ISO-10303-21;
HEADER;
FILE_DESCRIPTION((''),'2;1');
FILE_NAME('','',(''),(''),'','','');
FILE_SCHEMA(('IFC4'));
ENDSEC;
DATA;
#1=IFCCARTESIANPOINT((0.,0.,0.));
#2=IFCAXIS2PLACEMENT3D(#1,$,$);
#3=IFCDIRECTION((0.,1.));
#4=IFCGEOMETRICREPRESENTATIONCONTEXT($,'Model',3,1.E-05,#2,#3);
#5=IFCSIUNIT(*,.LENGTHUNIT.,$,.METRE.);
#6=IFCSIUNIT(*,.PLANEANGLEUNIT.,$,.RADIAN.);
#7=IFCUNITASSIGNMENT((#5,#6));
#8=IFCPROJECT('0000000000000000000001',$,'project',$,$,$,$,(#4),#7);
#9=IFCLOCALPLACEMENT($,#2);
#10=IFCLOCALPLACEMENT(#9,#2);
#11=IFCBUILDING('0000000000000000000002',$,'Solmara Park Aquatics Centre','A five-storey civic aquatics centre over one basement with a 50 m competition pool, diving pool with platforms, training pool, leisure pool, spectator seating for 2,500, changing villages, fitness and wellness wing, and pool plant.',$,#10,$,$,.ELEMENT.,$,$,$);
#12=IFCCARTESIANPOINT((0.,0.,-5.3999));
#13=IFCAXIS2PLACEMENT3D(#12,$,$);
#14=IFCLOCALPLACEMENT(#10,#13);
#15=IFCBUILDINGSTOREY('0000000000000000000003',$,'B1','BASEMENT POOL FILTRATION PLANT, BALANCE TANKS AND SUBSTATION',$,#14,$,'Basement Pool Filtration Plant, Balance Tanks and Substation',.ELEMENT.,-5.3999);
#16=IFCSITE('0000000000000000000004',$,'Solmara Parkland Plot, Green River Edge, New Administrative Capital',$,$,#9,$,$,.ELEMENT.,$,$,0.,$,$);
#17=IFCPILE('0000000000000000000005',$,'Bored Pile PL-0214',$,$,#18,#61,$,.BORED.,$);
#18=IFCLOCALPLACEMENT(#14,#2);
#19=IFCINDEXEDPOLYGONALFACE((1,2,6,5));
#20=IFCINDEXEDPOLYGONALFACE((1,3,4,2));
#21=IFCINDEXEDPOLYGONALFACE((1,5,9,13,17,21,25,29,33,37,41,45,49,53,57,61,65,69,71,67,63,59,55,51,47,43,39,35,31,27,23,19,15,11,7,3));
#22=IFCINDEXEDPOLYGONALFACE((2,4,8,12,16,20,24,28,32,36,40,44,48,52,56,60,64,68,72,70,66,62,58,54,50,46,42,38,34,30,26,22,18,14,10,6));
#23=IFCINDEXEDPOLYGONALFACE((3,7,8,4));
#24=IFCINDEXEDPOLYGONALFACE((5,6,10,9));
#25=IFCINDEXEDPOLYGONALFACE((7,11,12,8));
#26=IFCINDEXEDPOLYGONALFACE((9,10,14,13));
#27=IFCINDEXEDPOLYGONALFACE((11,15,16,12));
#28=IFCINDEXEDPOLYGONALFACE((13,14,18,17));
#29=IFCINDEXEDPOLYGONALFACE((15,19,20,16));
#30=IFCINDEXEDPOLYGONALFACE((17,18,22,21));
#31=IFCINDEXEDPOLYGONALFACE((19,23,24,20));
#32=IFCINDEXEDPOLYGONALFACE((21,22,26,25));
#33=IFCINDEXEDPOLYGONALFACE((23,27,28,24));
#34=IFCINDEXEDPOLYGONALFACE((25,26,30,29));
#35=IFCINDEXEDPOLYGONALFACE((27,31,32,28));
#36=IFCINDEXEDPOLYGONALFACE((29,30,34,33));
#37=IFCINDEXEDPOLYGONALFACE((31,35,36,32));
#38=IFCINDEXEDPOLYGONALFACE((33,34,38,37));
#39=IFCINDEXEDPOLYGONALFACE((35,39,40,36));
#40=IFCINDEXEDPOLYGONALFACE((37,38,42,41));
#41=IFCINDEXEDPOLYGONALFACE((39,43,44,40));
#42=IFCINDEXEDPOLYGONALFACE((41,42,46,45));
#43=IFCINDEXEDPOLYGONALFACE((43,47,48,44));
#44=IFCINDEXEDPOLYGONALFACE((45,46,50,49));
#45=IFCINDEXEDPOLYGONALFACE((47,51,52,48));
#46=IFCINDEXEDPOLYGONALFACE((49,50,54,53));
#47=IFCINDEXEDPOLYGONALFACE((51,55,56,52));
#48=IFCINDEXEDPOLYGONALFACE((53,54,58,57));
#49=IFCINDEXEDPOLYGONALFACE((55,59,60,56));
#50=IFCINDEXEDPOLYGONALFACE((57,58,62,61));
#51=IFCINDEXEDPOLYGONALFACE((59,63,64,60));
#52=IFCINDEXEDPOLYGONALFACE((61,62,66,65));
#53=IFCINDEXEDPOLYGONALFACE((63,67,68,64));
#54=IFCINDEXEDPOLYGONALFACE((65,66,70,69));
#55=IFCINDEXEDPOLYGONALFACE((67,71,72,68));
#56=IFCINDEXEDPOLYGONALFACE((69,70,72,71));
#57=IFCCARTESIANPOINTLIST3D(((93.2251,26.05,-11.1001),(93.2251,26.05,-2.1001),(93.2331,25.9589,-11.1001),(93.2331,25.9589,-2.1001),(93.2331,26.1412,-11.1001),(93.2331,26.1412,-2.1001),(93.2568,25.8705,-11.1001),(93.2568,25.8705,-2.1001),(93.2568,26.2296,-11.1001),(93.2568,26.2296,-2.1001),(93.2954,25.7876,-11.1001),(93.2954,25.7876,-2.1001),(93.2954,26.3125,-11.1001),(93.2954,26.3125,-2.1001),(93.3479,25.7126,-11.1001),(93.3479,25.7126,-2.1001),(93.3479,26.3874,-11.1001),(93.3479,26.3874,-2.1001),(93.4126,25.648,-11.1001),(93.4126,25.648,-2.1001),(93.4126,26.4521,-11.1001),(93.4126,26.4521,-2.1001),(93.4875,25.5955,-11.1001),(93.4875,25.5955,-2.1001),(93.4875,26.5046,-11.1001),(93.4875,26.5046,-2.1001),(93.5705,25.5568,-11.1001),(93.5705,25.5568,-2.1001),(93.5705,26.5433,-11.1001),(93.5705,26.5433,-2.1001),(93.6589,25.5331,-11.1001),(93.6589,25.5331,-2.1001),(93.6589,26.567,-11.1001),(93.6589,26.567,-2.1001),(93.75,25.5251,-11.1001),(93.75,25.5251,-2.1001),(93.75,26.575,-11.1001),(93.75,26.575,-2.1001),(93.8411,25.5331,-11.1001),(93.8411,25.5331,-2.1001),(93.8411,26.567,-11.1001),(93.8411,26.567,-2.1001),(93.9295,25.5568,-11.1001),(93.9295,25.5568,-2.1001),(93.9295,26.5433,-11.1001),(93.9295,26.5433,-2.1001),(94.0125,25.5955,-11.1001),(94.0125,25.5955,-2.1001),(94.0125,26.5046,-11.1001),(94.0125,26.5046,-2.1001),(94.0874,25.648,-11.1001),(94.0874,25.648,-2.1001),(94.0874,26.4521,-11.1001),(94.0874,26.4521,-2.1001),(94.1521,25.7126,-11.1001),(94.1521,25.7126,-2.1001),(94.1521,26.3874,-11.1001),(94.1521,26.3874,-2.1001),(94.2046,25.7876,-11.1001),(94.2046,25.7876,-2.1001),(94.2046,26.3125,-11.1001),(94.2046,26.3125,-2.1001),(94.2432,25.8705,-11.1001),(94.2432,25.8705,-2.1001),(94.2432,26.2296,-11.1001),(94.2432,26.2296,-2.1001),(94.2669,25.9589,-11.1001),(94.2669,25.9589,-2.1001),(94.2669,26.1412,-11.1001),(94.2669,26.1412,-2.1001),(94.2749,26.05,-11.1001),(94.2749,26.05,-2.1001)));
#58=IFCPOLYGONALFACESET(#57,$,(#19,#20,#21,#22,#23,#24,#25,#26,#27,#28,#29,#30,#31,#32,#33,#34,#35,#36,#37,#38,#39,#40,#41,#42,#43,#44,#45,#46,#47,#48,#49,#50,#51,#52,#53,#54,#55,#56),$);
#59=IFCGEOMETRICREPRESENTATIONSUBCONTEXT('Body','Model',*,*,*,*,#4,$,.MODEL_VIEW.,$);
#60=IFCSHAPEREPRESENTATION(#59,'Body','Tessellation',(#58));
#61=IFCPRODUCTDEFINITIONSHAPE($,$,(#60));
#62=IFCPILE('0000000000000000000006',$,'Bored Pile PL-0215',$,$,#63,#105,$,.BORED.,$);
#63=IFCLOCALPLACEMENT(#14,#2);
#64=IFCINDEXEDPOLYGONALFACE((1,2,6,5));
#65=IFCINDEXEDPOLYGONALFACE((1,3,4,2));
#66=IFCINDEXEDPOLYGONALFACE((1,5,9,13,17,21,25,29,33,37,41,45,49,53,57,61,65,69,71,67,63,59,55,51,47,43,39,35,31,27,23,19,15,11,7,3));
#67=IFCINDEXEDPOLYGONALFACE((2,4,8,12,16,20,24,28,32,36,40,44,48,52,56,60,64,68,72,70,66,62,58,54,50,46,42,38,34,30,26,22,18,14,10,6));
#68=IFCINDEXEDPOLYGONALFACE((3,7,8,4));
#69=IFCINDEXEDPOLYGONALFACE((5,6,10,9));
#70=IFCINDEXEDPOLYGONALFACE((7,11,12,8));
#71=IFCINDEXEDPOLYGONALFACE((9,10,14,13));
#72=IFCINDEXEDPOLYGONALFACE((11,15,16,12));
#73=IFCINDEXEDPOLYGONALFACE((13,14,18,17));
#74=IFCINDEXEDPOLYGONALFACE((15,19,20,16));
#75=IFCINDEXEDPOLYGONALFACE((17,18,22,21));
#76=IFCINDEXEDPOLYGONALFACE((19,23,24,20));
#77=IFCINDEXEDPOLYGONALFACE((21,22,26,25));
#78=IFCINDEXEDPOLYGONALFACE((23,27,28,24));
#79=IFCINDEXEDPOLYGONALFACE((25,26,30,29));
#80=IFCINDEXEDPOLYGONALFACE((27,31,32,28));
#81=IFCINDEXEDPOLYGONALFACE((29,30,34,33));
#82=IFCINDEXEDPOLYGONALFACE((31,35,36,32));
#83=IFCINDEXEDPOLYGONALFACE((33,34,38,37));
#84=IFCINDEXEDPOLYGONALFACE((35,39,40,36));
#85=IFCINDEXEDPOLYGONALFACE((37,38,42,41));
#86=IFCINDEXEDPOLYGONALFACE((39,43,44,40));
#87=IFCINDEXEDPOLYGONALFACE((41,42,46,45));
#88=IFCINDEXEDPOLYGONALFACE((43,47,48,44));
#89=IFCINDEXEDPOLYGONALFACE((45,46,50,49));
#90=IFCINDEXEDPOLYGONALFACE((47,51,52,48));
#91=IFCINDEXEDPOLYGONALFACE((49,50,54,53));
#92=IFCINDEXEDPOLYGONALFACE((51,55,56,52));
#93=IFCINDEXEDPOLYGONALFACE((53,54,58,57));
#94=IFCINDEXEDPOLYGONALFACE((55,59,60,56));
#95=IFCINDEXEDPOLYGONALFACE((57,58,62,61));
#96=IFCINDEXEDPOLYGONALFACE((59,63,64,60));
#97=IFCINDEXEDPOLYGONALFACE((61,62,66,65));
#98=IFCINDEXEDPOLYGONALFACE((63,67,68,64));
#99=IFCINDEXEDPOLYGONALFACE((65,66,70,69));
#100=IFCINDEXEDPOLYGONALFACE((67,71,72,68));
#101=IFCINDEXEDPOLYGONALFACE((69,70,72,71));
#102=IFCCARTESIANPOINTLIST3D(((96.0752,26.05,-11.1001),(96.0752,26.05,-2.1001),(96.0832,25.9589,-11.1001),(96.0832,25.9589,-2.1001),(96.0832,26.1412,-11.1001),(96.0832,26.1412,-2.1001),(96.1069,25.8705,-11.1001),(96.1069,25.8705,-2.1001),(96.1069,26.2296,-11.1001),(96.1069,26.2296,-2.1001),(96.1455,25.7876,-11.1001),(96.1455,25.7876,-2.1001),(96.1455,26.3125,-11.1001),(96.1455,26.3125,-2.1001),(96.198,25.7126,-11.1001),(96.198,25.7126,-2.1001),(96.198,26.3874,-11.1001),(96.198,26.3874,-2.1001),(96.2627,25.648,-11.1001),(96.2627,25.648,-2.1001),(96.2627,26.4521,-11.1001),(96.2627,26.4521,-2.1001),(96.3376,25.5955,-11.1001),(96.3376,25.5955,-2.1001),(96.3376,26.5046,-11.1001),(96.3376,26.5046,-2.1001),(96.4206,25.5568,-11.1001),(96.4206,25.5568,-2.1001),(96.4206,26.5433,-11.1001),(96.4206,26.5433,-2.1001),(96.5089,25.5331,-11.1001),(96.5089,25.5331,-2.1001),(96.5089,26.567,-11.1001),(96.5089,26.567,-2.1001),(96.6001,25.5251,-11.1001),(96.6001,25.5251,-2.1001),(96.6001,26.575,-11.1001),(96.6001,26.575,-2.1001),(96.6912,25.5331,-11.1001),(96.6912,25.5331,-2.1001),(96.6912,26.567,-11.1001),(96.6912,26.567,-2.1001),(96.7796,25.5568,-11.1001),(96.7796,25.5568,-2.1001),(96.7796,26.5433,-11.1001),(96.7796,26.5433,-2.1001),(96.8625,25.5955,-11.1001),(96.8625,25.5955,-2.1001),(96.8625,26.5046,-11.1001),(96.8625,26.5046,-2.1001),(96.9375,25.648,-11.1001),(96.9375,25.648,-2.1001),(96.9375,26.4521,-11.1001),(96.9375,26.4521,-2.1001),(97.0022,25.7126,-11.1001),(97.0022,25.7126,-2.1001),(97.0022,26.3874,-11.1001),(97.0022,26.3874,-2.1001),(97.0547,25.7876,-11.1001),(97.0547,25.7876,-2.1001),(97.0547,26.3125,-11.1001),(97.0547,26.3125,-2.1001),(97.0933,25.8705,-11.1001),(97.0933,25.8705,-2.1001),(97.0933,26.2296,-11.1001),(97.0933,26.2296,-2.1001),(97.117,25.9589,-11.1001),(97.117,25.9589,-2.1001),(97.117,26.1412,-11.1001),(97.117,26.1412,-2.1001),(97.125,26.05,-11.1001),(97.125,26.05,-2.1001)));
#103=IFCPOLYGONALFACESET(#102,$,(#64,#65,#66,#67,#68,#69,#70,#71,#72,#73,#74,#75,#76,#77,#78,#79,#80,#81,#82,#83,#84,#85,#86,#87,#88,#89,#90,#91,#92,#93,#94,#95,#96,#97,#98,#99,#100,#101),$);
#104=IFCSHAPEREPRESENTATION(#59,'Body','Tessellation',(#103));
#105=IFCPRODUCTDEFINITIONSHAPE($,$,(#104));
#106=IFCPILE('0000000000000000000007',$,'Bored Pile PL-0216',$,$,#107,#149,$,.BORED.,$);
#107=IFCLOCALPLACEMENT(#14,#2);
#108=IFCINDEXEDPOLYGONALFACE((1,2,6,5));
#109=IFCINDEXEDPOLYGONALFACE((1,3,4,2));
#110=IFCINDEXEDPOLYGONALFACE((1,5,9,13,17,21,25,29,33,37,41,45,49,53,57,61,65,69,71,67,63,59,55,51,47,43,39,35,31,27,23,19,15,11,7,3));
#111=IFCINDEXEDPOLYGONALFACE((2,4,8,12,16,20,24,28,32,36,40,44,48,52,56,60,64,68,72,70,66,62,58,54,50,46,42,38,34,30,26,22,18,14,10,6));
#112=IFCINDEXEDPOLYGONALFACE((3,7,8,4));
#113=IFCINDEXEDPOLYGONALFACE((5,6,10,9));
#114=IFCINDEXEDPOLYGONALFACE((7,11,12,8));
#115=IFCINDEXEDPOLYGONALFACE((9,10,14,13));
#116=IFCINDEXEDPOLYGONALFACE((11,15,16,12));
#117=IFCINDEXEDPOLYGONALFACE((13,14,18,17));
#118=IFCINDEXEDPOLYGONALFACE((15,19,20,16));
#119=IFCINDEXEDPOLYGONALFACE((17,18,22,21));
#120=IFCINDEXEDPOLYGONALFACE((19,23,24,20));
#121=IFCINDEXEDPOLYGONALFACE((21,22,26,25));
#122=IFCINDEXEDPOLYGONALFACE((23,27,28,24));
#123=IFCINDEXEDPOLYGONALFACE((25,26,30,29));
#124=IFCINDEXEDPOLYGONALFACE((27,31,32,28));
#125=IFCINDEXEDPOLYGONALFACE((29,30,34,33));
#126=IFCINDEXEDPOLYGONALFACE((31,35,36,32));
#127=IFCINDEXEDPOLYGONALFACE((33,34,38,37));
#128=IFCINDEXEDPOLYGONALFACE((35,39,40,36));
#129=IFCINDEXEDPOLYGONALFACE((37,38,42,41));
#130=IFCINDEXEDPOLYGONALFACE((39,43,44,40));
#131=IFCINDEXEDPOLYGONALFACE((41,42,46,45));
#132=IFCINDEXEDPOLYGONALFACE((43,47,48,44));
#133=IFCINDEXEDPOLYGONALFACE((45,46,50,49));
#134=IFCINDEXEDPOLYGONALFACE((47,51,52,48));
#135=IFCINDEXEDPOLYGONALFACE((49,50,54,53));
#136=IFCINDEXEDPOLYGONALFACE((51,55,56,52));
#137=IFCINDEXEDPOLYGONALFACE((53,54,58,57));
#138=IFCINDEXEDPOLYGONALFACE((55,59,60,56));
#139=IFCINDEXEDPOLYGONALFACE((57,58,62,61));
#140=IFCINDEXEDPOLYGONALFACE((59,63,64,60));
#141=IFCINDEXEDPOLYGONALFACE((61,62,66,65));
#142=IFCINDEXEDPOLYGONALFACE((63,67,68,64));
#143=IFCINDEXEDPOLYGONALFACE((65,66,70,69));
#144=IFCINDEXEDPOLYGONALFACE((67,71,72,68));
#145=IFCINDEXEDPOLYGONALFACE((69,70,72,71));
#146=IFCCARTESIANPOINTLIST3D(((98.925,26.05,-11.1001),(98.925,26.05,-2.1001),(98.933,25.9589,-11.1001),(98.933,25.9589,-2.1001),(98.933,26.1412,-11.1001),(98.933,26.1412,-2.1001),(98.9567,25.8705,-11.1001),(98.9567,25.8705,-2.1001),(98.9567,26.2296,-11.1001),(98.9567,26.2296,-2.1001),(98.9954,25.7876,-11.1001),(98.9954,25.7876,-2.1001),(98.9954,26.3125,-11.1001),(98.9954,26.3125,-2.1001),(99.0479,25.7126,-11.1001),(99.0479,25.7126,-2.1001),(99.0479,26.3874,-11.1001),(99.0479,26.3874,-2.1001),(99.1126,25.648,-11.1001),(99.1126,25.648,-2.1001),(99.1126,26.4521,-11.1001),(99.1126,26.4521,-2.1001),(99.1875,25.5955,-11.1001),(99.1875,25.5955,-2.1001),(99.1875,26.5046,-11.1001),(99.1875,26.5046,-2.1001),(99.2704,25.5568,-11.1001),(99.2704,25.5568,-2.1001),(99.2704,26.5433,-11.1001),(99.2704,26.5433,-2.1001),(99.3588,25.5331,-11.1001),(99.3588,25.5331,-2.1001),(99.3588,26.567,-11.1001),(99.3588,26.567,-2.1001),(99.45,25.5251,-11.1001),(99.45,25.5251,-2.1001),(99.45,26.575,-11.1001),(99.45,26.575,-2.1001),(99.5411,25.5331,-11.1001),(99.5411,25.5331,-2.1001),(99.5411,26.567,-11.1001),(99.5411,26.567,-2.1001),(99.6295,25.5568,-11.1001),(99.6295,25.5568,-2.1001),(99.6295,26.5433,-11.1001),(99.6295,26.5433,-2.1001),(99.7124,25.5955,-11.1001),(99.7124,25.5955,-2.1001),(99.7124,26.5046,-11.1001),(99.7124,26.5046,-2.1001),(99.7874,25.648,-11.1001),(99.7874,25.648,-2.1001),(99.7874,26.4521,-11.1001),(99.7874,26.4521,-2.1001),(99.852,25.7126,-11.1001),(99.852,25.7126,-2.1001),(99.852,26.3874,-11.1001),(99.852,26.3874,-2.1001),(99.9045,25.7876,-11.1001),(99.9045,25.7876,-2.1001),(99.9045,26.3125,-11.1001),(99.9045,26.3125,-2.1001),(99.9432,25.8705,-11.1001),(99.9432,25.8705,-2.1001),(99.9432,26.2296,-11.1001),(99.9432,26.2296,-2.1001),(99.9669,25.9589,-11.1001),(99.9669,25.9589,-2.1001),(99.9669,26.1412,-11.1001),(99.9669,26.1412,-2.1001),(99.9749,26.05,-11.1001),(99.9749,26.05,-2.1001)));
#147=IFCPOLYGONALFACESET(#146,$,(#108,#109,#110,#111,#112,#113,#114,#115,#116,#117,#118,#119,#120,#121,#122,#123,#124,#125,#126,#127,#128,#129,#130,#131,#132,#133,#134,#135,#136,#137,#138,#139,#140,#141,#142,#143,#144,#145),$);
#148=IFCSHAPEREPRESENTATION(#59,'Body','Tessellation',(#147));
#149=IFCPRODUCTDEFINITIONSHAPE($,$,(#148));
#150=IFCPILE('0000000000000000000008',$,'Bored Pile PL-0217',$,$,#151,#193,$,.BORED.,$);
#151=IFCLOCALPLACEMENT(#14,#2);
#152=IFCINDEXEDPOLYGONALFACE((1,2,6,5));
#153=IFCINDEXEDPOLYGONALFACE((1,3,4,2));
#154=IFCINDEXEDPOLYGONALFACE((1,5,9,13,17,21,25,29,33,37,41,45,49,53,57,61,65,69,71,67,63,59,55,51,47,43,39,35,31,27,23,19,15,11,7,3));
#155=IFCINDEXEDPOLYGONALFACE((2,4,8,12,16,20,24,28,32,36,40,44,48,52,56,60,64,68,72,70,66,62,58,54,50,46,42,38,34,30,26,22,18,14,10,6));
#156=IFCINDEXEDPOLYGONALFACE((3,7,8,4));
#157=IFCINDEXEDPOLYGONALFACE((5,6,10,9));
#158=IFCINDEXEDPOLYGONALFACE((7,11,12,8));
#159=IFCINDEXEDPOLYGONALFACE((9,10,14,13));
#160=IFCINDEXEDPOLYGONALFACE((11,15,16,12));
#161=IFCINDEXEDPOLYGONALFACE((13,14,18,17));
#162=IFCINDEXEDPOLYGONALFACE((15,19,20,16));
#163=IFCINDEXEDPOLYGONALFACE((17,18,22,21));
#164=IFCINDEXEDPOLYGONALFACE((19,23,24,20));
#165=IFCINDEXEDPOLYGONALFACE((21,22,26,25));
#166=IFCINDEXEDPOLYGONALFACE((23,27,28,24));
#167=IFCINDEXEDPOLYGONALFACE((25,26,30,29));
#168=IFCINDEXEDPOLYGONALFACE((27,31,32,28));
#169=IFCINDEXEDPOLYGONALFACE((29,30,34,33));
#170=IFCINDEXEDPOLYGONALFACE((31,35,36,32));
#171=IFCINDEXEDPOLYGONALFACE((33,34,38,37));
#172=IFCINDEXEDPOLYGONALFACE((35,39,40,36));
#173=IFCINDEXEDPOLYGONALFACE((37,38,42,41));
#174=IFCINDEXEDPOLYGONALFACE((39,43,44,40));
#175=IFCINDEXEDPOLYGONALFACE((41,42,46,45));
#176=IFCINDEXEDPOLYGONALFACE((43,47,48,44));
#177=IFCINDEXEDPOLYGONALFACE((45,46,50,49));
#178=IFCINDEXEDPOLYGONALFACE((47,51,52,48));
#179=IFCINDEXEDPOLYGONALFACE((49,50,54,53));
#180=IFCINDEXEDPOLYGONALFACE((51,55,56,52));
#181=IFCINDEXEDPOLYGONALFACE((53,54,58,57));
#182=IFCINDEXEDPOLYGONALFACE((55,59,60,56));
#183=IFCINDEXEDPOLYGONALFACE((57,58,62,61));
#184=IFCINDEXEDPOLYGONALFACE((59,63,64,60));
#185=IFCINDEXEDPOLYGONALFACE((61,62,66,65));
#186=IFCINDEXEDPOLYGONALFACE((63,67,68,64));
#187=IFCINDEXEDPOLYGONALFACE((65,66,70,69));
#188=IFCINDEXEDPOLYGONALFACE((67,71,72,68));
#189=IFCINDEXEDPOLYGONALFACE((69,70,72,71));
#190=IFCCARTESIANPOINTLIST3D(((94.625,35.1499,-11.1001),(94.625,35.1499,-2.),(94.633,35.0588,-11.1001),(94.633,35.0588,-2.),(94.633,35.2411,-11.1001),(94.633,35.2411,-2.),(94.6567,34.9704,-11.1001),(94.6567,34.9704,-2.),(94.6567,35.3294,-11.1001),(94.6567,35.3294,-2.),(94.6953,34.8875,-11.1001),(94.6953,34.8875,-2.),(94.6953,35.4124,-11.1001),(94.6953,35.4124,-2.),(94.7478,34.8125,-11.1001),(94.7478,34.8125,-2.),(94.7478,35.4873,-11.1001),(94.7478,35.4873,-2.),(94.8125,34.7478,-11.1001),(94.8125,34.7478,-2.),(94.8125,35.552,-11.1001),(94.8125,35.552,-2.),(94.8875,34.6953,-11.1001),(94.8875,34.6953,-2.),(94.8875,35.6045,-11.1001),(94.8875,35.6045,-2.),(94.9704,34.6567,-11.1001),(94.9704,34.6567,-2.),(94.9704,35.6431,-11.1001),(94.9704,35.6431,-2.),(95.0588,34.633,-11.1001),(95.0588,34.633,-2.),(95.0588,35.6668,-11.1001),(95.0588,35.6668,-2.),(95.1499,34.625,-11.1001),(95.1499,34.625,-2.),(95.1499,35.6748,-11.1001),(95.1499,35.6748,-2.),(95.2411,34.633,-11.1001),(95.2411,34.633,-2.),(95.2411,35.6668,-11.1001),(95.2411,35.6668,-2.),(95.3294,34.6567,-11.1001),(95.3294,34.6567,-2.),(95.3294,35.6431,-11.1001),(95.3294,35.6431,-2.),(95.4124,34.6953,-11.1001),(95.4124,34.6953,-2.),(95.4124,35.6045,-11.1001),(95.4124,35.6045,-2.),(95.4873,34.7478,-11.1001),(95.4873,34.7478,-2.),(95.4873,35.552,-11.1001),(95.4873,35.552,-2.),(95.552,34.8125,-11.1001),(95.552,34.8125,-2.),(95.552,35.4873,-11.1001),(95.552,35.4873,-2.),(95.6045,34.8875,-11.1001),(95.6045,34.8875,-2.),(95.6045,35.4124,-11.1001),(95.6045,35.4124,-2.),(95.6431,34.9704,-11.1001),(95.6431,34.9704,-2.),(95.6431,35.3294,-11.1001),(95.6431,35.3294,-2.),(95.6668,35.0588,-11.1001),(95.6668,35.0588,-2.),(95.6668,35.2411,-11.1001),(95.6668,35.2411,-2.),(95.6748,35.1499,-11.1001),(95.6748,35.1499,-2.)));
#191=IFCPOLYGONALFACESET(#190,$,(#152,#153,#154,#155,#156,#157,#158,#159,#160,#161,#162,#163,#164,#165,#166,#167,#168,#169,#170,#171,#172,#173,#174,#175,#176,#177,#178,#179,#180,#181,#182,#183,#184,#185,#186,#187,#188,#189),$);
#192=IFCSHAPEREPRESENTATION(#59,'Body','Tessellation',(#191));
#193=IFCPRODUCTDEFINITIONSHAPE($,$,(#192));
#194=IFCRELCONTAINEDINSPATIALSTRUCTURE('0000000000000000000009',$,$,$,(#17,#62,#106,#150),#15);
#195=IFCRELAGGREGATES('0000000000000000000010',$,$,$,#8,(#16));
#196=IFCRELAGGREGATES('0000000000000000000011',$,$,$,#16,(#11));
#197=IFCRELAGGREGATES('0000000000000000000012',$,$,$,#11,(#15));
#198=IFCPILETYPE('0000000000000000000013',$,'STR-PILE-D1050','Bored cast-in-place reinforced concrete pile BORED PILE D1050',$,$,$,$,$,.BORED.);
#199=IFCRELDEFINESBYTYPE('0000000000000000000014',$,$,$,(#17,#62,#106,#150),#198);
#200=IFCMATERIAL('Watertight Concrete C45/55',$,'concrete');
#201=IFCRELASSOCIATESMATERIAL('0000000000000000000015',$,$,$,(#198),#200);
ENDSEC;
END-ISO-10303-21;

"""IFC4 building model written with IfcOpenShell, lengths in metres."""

from ifc_helpers import new_model, si_unit, direction, frame, origin, origin_2d, place, context, subcontext, project, spatial, circle, extrude, material, material_profile, profile_set, type_object, element, save


model = new_model("IFC4")

# Units and contexts
model_context = context("Model", 3, precision=1e-05, world=origin(), true_north=direction((0.0, 1.0)))
body_context = subcontext(model_context, "Body", "Model", "MODEL_VIEW")
ifc_project = project(units=[si_unit("LENGTHUNIT", "METRE"), si_unit("PLANEANGLEUNIT", "RADIAN")], contexts=[model_context])

# Site, building, storey
site_placement = place(None, origin())
site = spatial("IfcSite", under=ifc_project, at=site_placement, Name="Solmara Parkland Plot, Green River Edge, New Administrative Capital", CompositionType="ELEMENT", RefElevation=0.0)
building_placement = place(site_placement, origin())
building = spatial("IfcBuilding", under=site, at=building_placement, Name="Solmara Park Aquatics Centre", Description="A five-storey civic aquatics centre over one basement with a 50 m competition pool, diving pool with platforms, training pool, leisure pool, spectator seating for 2,500, changing villages, fitness and wellness wing, and pool plant.", CompositionType="ELEMENT")
storey_placement = place(building_placement, frame((0.0, 0.0, -5.3999)))
storey = spatial("IfcBuildingStorey", under=building, at=storey_placement, Name="B1", Description="BASEMENT POOL FILTRATION PLANT, BALANCE TANKS AND SUBSTATION", LongName="Basement Pool Filtration Plant, Balance Tanks and Substation", CompositionType="ELEMENT", Elevation=-5.3999)

# Shared definitions
ifc_material_1 = material(Name="Watertight Concrete C45/55", Category="concrete")

# Piles
ifc_material_profile_1 = material_profile(ifc_material_1, circle(Radius=0.5249, at=origin_2d()), Name="BORED PILE D1050")
ifc_profile_set_1 = profile_set([ifc_material_profile_1], Name="Watertight Concrete C45/55")
pile_type_1 = type_object("IfcPileType", Name="STR-PILE-D1050", Description="Bored cast-in-place reinforced concrete pile BORED PILE D1050", PredefinedType="BORED", material=ifc_profile_set_1)
for number, where, z_axis, x_axis, name in (
    (1, (93.75, 26.05, -2.1001), (0.0, 0.0, -1.0), (1.0, 0.0, 0.0), "Bored Pile PL-0214"),
    (2, (96.6001, 26.05, -2.1001), (0.0, 0.0, -1.0), (1.0, 0.0, 0.0), "Bored Pile PL-0215"),
    (3, (99.45, 26.05, -2.1001), (0.0, 0.0, -1.0), (1.0, 0.0, 0.0), "Bored Pile PL-0216"),
):
    element("IfcPile", number, at=place(storey_placement, frame(where, z_axis=z_axis, x_axis=x_axis)), inside=storey, type_object=pile_type_1, Name=name, PredefinedType="BORED", context=body_context, shape_type="SweptSolid", body=[
        extrude(circle(Radius=0.5249, at=origin_2d()), origin(), (0.0, 0.0, 1.0), 9.0),
    ])
for number, where, z_axis, x_axis, name in (
    (4, (95.1499, 35.1499, -2.0), (0.0, 0.0, -1.0), (1.0, 0.0, 0.0), "Bored Pile PL-0217"),
):
    element("IfcPile", number, at=place(storey_placement, frame(where, z_axis=z_axis, x_axis=x_axis)), inside=storey, type_object=pile_type_1, Name=name, PredefinedType="BORED", context=body_context, shape_type="SweptSolid", body=[
        extrude(circle(Radius=0.5249, at=origin_2d()), origin(), (0.0, 0.0, 1.0), 9.1001),
    ])

save(model, "model.ifc")
